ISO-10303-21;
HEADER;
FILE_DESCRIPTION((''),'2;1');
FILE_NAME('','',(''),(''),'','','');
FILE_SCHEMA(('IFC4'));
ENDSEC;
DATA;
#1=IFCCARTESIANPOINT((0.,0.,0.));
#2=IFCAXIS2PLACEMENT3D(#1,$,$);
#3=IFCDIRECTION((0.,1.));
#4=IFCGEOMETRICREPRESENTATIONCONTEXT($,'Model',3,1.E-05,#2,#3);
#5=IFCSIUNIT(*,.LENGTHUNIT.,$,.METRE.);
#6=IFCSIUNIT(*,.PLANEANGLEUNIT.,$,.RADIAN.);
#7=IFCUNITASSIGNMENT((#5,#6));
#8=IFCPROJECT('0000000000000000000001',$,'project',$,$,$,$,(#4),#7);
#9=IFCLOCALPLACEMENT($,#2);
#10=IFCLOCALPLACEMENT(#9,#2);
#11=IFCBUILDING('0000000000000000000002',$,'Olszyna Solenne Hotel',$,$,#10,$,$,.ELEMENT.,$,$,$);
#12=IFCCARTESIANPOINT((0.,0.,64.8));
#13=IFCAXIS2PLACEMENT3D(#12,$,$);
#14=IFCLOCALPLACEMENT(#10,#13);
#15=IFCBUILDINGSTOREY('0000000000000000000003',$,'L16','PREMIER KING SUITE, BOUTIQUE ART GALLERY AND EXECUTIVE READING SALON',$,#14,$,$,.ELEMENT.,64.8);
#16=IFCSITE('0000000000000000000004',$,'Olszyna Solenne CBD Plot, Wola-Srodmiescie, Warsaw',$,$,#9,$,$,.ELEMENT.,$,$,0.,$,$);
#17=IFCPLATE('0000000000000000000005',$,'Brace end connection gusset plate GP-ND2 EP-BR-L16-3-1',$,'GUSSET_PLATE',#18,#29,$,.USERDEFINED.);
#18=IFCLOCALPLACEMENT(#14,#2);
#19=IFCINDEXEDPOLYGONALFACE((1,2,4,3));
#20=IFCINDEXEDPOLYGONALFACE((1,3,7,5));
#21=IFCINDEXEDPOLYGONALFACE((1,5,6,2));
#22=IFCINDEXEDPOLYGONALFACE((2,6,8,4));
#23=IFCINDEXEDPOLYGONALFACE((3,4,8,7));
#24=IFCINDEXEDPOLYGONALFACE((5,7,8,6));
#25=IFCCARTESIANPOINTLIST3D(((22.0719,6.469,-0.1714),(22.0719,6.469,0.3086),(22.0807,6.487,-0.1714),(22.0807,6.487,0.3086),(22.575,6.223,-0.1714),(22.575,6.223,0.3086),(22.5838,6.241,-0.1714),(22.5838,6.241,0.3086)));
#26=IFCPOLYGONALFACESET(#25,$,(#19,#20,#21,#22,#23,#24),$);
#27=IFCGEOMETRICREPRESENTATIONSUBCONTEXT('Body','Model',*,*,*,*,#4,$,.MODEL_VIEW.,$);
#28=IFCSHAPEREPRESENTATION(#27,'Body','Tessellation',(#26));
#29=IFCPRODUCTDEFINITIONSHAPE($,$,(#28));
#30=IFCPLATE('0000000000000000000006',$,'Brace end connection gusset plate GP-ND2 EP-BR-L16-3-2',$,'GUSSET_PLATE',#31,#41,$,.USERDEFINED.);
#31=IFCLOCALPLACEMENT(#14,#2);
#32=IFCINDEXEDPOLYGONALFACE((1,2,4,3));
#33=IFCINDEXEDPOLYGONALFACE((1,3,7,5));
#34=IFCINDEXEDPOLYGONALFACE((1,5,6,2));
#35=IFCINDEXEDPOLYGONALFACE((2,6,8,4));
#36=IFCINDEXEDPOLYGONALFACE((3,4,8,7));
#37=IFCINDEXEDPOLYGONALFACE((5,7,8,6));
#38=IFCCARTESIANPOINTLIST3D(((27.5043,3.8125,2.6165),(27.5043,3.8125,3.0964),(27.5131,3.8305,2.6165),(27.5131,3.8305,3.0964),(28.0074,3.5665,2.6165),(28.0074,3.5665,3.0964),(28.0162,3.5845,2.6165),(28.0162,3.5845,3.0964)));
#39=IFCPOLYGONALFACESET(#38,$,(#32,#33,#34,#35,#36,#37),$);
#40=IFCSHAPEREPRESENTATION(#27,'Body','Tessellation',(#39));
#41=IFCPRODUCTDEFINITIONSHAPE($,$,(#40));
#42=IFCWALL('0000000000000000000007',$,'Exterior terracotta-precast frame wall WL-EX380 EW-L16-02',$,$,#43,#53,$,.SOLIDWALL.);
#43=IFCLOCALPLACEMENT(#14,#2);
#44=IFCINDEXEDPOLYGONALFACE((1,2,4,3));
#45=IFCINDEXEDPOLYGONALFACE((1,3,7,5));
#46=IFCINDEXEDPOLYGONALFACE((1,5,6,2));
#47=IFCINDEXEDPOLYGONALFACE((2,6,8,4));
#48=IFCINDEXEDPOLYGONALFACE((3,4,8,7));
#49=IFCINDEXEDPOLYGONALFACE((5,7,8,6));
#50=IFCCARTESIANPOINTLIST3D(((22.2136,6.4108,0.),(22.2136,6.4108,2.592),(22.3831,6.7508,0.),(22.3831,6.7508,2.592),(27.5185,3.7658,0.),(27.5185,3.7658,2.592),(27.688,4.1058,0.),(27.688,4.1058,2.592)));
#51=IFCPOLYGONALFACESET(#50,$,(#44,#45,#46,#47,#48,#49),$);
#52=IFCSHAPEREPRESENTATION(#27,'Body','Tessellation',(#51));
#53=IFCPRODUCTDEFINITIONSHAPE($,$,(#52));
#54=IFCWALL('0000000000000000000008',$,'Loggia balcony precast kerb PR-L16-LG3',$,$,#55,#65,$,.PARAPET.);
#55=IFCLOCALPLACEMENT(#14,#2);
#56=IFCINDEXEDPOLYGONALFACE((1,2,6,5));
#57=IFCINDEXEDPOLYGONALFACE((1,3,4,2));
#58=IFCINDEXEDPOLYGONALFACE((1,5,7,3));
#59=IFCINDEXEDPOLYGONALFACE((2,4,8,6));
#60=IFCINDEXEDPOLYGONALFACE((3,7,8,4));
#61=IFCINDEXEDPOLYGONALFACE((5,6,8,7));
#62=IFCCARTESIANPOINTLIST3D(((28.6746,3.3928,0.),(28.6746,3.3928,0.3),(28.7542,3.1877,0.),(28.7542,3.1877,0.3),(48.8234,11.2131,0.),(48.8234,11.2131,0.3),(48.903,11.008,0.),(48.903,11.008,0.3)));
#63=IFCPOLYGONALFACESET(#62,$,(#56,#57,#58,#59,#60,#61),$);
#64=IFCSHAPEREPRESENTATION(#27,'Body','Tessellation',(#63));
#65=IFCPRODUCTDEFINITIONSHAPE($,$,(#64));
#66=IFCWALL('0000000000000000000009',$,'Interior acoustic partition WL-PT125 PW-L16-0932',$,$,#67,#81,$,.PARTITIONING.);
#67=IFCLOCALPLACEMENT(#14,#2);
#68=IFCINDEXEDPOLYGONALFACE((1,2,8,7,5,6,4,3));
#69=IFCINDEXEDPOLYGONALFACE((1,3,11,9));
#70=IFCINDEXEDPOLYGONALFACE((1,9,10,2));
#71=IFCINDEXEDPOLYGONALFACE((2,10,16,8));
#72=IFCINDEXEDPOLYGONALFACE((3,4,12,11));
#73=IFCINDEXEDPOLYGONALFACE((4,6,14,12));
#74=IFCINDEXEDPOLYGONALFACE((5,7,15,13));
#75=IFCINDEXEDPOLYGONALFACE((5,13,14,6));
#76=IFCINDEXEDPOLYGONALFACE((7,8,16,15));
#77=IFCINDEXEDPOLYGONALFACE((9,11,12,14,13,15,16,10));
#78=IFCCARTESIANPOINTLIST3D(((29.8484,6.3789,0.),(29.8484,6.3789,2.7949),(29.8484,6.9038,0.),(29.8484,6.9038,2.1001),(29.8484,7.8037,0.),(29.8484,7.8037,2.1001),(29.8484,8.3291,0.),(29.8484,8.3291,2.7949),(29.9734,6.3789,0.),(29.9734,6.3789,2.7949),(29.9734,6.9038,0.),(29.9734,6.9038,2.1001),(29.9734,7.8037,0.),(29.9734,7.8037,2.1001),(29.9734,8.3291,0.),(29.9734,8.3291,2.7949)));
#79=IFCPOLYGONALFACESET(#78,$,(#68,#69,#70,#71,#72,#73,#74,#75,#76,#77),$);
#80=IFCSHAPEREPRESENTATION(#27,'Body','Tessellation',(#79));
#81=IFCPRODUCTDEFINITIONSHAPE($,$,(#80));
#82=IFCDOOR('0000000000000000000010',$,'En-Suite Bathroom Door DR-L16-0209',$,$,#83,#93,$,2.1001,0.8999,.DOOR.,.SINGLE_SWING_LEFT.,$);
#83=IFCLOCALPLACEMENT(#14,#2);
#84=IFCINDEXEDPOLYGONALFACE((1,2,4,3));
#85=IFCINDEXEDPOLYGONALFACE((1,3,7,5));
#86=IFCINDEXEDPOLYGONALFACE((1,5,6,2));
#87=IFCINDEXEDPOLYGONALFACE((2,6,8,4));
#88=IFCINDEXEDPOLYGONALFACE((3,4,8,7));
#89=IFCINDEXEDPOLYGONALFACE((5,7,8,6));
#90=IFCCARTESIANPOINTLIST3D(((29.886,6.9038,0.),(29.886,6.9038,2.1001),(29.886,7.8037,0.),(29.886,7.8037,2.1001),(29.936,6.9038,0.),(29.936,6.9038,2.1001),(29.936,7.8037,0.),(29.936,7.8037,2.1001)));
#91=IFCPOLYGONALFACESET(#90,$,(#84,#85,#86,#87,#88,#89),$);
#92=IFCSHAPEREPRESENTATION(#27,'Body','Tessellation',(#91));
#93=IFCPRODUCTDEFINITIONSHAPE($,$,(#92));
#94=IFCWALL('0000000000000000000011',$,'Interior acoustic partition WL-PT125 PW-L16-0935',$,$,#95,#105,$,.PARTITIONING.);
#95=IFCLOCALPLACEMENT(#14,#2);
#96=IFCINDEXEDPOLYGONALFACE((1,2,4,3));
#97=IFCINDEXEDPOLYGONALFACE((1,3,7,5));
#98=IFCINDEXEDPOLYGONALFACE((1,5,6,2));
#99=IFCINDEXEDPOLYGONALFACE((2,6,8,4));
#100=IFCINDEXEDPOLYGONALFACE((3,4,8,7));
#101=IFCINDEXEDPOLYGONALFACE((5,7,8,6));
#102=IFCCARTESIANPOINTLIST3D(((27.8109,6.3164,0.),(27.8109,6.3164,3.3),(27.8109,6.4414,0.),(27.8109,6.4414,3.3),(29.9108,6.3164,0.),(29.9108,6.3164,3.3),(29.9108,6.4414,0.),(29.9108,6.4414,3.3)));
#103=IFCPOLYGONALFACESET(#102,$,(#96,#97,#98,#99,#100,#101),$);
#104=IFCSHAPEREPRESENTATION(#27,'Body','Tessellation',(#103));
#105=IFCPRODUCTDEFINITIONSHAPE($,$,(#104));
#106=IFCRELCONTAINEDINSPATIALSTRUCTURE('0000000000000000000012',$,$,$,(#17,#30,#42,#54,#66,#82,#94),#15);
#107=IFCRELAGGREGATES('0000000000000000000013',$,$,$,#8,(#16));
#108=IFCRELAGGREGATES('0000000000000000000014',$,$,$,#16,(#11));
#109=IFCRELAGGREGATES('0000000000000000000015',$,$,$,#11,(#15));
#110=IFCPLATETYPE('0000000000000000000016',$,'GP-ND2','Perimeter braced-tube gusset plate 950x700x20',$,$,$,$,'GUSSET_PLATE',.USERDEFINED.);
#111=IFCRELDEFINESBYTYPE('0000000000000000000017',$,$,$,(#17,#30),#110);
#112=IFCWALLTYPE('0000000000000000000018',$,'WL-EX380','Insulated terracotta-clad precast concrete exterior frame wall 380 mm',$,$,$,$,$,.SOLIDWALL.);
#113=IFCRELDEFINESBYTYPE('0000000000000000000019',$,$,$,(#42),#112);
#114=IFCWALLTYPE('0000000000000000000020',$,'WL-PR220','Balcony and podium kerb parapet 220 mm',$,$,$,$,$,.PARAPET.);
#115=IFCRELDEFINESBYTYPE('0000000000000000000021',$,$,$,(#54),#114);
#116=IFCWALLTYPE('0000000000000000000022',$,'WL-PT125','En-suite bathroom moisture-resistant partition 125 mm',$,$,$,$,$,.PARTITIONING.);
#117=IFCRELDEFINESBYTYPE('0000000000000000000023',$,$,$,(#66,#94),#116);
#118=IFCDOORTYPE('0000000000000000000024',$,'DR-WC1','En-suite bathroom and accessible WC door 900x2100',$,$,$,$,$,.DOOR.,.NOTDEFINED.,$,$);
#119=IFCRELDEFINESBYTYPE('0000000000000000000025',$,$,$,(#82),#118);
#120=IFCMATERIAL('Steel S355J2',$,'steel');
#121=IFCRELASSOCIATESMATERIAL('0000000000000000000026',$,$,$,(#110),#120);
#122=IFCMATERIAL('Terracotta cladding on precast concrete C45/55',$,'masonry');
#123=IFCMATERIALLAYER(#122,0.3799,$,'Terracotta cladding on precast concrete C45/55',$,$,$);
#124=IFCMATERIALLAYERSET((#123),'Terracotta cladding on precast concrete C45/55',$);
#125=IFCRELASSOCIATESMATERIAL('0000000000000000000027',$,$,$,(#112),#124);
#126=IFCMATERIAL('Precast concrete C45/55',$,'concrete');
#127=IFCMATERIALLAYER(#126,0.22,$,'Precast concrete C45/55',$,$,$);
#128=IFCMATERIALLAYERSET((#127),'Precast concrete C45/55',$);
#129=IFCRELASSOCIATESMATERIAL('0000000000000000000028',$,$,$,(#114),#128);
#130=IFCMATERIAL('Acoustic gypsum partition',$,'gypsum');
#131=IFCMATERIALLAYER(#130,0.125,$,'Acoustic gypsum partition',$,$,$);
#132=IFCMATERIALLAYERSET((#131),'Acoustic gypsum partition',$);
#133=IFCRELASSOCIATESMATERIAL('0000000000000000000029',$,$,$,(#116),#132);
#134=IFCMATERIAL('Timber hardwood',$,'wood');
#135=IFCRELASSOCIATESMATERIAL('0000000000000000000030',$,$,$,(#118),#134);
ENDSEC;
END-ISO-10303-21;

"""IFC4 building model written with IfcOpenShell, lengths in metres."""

from ifc_helpers import new_model, si_unit, direction, frame, frame_2d, origin, origin_2d, place, context, subcontext, project, spatial, rectangle, extrude, source, transform, mapped, material, layer, layer_set, type_object, type_shapes, element, fill, save


model = new_model("IFC4")

# Units and contexts
model_context = context("Model", 3, precision=1e-05, world=origin(), true_north=direction((0.0, 1.0)))
body_context = subcontext(model_context, "Body", "Model", "MODEL_VIEW")
ifc_project = project(units=[si_unit("LENGTHUNIT", "METRE"), si_unit("PLANEANGLEUNIT", "RADIAN")], contexts=[model_context])

# Site, building, storey
site_placement = place(None, origin())
site = spatial("IfcSite", under=ifc_project, at=site_placement, Name="Olszyna Solenne CBD Plot, Wola-Srodmiescie, Warsaw", CompositionType="ELEMENT", RefElevation=0.0)
building_placement = place(site_placement, origin())
building = spatial("IfcBuilding", under=site, at=building_placement, Name="Olszyna Solenne Hotel", CompositionType="ELEMENT")
storey_placement = place(building_placement, frame((0.0, 0.0, 64.8)))
storey = spatial("IfcBuildingStorey", under=building, at=storey_placement, Name="L16", Description="PREMIER KING SUITE, BOUTIQUE ART GALLERY AND EXECUTIVE READING SALON", CompositionType="ELEMENT", Elevation=64.8)

# Shared definitions
ifc_material_1 = material(Name="Steel S355J2", Category="steel")

# Plates
plate_type = type_object("IfcPlateType", Name="GP-ND2", Description="Perimeter braced-tube gusset plate 950x700x20", ElementType="GUSSET_PLATE", PredefinedType="USERDEFINED", material=ifc_material_1)
shared_shape_1 = source(origin(), body_context, "Body", "SweptSolid", [
    extrude(rectangle(XDim=0.5601, YDim=0.02, at=origin_2d()), origin(), (0.0, 0.0, 1.0), 0.48),
])
for number, where, z_axis, x_axis, name in (
    (1, (22.3279, 6.355, -0.1714), (0.0, 0.0, 1.0), (0.898334, -0.439312, 0.0), "Brace end connection gusset plate GP-ND2 EP-BR-L16-3-1"),
    (2, (27.7603, 3.6985, 2.6165), (0.0, 0.0, 1.0), (0.898334, -0.439312, 0.0), "Brace end connection gusset plate GP-ND2 EP-BR-L16-3-2"),
):
    element("IfcPlate", number, at=place(storey_placement, frame(where, z_axis=z_axis, x_axis=x_axis)), inside=storey, type_object=plate_type, Name=name, ObjectType="GUSSET_PLATE", PredefinedType="USERDEFINED", context=body_context, shape_type="MappedRepresentation", body=[
        mapped(shared_shape_1, transform((0.0, 0.0, 0.0), x_axis=(1.0, 0.0, 0.0), y_axis=(0.0, 1.0, 0.0), z_axis=(0.0, 0.0, 1.0), scale=1.0)),
    ])

# Walls
ifc_material_2 = material(Name="Terracotta cladding on precast concrete C45/55", Category="masonry")
ifc_layer_1 = layer(ifc_material_2, 0.3799, Name="Terracotta cladding on precast concrete C45/55")
ifc_layer_set_1 = layer_set([ifc_layer_1], Name="Terracotta cladding on precast concrete C45/55")
wall_type_1 = type_object("IfcWallType", Name="WL-EX380", Description="Insulated terracotta-clad precast concrete exterior frame wall 380 mm", PredefinedType="SOLIDWALL", material=ifc_layer_set_1)
wall_1_placement = place(storey_placement, frame((27.6033, 3.9358, 0.0), z_axis=(0.0, 0.0, 1.0), x_axis=(-0.894929, 0.446208, 0.0)))
element("IfcWall", 3, at=wall_1_placement, inside=storey, type_object=wall_type_1, Name="Exterior terracotta-precast frame wall WL-EX380 EW-L16-02", PredefinedType="SOLIDWALL", context=body_context, shape_type="SweptSolid", body=[
    extrude(rectangle(XDim=5.9277, YDim=0.3799, at=frame_2d((2.9639, 0.0))), origin(), (0.0, 0.0, 1.0), 2.592),
])
ifc_material_3 = material(Name="Precast concrete C45/55", Category="concrete")
ifc_layer_2 = layer(ifc_material_3, 0.22, Name="Precast concrete C45/55")
ifc_layer_set_2 = layer_set([ifc_layer_2], Name="Precast concrete C45/55")
wall_type_2 = type_object("IfcWallType", Name="WL-PR220", Description="Balcony and podium kerb parapet 220 mm", PredefinedType="PARAPET", material=ifc_layer_set_2)
wall_2_placement = place(storey_placement, frame((28.7144, 3.2903, 0.0), z_axis=(0.0, 0.0, 1.0), x_axis=(0.932245, 0.361828, 0.0)))
element("IfcWall", 4, at=wall_2_placement, inside=storey, type_object=wall_type_2, Name="Loggia balcony precast kerb PR-L16-LG3", PredefinedType="PARAPET", context=body_context, shape_type="SweptSolid", body=[
    extrude(rectangle(XDim=21.6133, YDim=0.22, at=frame_2d((10.8066, 0.0))), origin(), (0.0, 0.0, 1.0), 0.3),
])

# Wall, opening, door
ifc_material_4 = material(Name="Acoustic gypsum partition", Category="gypsum")
ifc_layer_3 = layer(ifc_material_4, 0.125, Name="Acoustic gypsum partition")
ifc_layer_set_3 = layer_set([ifc_layer_3], Name="Acoustic gypsum partition")
wall_type_3 = type_object("IfcWallType", Name="WL-PT125", Description="En-suite bathroom moisture-resistant partition 125 mm", PredefinedType="PARTITIONING", material=ifc_layer_set_3)
wall_3_placement = place(storey_placement, frame((29.9109, 6.3789, 0.0), z_axis=(0.0, 0.0, 1.0), x_axis=(0.0, 1.0, 0.0)))
wall_3 = element("IfcWall", 5, at=wall_3_placement, inside=storey, type_object=wall_type_3, Name="Interior acoustic partition WL-PT125 PW-L16-0932", PredefinedType="PARTITIONING", context=body_context, shape_type="SweptSolid", body=[
    extrude(rectangle(XDim=1.9502, YDim=0.125, at=frame_2d((0.9751, 0.0))), origin(), (0.0, 0.0, 1.0), 2.7949),
])
opening_placement = place(wall_3_placement, frame((0.5249, 0.0, 0.0)))
opening = element("IfcOpeningElement", 6, at=opening_placement, cuts=wall_3, PredefinedType="OPENING", context=body_context, shape_type="SweptSolid", body=[
    extrude(rectangle(XDim=0.8999, YDim=2.1001, at=frame_2d((0.45, 1.05))), frame((0.0, 0.0725, 0.0), z_axis=(0.0, -1.0, 0.0), x_axis=(1.0, 0.0, 0.0)), (0.0, 0.0, 1.0), 0.145),
])
ifc_material_5 = material(Name="Timber hardwood", Category="wood")
door_type = type_object("IfcDoorType", Name="DR-WC1", Description="En-suite bathroom and accessible WC door 900x2100", OperationType="NOTDEFINED", PredefinedType="DOOR", material=ifc_material_5)
shared_shape_2 = source(origin(), body_context, "Body", "SweptSolid", [
    extrude(rectangle(XDim=0.8999, YDim=2.1001, at=frame_2d((0.45, 1.05))), frame((0.0, 0.0249, 0.0), z_axis=(0.0, -1.0, 0.0), x_axis=(1.0, 0.0, 0.0)), (0.0, 0.0, 1.0), 0.05),
])
type_shapes(door_type, [shared_shape_2])
door_placement = place(opening_placement, origin())
door = element("IfcDoor", 7, at=door_placement, inside=storey, type_object=door_type, Name="En-Suite Bathroom Door DR-L16-0209", OperationType="SINGLE_SWING_LEFT", OverallHeight=2.1001, OverallWidth=0.8999, PredefinedType="DOOR", context=body_context, shape_type="MappedRepresentation", body=[
    mapped(shared_shape_2, transform((0.0, 0.0, 0.0), x_axis=(1.0, 0.0, 0.0), y_axis=(0.0, 1.0, 0.0), z_axis=(0.0, 0.0, 1.0), scale=1.0)),
])
fill(opening, door)

# Wall
wall_4_placement = place(storey_placement, frame((27.811, 6.3789, 0.0), z_axis=(0.0, 0.0, 1.0), x_axis=(1.0, 0.0, 0.0)))
element("IfcWall", 8, at=wall_4_placement, inside=storey, type_object=wall_type_3, Name="Interior acoustic partition WL-PT125 PW-L16-0935", PredefinedType="PARTITIONING", context=body_context, shape_type="SweptSolid", body=[
    extrude(rectangle(XDim=2.0999, YDim=0.125, at=frame_2d((1.0498, 0.0))), origin(), (0.0, 0.0, 1.0), 3.3),
])

save(model, "model.ifc")
